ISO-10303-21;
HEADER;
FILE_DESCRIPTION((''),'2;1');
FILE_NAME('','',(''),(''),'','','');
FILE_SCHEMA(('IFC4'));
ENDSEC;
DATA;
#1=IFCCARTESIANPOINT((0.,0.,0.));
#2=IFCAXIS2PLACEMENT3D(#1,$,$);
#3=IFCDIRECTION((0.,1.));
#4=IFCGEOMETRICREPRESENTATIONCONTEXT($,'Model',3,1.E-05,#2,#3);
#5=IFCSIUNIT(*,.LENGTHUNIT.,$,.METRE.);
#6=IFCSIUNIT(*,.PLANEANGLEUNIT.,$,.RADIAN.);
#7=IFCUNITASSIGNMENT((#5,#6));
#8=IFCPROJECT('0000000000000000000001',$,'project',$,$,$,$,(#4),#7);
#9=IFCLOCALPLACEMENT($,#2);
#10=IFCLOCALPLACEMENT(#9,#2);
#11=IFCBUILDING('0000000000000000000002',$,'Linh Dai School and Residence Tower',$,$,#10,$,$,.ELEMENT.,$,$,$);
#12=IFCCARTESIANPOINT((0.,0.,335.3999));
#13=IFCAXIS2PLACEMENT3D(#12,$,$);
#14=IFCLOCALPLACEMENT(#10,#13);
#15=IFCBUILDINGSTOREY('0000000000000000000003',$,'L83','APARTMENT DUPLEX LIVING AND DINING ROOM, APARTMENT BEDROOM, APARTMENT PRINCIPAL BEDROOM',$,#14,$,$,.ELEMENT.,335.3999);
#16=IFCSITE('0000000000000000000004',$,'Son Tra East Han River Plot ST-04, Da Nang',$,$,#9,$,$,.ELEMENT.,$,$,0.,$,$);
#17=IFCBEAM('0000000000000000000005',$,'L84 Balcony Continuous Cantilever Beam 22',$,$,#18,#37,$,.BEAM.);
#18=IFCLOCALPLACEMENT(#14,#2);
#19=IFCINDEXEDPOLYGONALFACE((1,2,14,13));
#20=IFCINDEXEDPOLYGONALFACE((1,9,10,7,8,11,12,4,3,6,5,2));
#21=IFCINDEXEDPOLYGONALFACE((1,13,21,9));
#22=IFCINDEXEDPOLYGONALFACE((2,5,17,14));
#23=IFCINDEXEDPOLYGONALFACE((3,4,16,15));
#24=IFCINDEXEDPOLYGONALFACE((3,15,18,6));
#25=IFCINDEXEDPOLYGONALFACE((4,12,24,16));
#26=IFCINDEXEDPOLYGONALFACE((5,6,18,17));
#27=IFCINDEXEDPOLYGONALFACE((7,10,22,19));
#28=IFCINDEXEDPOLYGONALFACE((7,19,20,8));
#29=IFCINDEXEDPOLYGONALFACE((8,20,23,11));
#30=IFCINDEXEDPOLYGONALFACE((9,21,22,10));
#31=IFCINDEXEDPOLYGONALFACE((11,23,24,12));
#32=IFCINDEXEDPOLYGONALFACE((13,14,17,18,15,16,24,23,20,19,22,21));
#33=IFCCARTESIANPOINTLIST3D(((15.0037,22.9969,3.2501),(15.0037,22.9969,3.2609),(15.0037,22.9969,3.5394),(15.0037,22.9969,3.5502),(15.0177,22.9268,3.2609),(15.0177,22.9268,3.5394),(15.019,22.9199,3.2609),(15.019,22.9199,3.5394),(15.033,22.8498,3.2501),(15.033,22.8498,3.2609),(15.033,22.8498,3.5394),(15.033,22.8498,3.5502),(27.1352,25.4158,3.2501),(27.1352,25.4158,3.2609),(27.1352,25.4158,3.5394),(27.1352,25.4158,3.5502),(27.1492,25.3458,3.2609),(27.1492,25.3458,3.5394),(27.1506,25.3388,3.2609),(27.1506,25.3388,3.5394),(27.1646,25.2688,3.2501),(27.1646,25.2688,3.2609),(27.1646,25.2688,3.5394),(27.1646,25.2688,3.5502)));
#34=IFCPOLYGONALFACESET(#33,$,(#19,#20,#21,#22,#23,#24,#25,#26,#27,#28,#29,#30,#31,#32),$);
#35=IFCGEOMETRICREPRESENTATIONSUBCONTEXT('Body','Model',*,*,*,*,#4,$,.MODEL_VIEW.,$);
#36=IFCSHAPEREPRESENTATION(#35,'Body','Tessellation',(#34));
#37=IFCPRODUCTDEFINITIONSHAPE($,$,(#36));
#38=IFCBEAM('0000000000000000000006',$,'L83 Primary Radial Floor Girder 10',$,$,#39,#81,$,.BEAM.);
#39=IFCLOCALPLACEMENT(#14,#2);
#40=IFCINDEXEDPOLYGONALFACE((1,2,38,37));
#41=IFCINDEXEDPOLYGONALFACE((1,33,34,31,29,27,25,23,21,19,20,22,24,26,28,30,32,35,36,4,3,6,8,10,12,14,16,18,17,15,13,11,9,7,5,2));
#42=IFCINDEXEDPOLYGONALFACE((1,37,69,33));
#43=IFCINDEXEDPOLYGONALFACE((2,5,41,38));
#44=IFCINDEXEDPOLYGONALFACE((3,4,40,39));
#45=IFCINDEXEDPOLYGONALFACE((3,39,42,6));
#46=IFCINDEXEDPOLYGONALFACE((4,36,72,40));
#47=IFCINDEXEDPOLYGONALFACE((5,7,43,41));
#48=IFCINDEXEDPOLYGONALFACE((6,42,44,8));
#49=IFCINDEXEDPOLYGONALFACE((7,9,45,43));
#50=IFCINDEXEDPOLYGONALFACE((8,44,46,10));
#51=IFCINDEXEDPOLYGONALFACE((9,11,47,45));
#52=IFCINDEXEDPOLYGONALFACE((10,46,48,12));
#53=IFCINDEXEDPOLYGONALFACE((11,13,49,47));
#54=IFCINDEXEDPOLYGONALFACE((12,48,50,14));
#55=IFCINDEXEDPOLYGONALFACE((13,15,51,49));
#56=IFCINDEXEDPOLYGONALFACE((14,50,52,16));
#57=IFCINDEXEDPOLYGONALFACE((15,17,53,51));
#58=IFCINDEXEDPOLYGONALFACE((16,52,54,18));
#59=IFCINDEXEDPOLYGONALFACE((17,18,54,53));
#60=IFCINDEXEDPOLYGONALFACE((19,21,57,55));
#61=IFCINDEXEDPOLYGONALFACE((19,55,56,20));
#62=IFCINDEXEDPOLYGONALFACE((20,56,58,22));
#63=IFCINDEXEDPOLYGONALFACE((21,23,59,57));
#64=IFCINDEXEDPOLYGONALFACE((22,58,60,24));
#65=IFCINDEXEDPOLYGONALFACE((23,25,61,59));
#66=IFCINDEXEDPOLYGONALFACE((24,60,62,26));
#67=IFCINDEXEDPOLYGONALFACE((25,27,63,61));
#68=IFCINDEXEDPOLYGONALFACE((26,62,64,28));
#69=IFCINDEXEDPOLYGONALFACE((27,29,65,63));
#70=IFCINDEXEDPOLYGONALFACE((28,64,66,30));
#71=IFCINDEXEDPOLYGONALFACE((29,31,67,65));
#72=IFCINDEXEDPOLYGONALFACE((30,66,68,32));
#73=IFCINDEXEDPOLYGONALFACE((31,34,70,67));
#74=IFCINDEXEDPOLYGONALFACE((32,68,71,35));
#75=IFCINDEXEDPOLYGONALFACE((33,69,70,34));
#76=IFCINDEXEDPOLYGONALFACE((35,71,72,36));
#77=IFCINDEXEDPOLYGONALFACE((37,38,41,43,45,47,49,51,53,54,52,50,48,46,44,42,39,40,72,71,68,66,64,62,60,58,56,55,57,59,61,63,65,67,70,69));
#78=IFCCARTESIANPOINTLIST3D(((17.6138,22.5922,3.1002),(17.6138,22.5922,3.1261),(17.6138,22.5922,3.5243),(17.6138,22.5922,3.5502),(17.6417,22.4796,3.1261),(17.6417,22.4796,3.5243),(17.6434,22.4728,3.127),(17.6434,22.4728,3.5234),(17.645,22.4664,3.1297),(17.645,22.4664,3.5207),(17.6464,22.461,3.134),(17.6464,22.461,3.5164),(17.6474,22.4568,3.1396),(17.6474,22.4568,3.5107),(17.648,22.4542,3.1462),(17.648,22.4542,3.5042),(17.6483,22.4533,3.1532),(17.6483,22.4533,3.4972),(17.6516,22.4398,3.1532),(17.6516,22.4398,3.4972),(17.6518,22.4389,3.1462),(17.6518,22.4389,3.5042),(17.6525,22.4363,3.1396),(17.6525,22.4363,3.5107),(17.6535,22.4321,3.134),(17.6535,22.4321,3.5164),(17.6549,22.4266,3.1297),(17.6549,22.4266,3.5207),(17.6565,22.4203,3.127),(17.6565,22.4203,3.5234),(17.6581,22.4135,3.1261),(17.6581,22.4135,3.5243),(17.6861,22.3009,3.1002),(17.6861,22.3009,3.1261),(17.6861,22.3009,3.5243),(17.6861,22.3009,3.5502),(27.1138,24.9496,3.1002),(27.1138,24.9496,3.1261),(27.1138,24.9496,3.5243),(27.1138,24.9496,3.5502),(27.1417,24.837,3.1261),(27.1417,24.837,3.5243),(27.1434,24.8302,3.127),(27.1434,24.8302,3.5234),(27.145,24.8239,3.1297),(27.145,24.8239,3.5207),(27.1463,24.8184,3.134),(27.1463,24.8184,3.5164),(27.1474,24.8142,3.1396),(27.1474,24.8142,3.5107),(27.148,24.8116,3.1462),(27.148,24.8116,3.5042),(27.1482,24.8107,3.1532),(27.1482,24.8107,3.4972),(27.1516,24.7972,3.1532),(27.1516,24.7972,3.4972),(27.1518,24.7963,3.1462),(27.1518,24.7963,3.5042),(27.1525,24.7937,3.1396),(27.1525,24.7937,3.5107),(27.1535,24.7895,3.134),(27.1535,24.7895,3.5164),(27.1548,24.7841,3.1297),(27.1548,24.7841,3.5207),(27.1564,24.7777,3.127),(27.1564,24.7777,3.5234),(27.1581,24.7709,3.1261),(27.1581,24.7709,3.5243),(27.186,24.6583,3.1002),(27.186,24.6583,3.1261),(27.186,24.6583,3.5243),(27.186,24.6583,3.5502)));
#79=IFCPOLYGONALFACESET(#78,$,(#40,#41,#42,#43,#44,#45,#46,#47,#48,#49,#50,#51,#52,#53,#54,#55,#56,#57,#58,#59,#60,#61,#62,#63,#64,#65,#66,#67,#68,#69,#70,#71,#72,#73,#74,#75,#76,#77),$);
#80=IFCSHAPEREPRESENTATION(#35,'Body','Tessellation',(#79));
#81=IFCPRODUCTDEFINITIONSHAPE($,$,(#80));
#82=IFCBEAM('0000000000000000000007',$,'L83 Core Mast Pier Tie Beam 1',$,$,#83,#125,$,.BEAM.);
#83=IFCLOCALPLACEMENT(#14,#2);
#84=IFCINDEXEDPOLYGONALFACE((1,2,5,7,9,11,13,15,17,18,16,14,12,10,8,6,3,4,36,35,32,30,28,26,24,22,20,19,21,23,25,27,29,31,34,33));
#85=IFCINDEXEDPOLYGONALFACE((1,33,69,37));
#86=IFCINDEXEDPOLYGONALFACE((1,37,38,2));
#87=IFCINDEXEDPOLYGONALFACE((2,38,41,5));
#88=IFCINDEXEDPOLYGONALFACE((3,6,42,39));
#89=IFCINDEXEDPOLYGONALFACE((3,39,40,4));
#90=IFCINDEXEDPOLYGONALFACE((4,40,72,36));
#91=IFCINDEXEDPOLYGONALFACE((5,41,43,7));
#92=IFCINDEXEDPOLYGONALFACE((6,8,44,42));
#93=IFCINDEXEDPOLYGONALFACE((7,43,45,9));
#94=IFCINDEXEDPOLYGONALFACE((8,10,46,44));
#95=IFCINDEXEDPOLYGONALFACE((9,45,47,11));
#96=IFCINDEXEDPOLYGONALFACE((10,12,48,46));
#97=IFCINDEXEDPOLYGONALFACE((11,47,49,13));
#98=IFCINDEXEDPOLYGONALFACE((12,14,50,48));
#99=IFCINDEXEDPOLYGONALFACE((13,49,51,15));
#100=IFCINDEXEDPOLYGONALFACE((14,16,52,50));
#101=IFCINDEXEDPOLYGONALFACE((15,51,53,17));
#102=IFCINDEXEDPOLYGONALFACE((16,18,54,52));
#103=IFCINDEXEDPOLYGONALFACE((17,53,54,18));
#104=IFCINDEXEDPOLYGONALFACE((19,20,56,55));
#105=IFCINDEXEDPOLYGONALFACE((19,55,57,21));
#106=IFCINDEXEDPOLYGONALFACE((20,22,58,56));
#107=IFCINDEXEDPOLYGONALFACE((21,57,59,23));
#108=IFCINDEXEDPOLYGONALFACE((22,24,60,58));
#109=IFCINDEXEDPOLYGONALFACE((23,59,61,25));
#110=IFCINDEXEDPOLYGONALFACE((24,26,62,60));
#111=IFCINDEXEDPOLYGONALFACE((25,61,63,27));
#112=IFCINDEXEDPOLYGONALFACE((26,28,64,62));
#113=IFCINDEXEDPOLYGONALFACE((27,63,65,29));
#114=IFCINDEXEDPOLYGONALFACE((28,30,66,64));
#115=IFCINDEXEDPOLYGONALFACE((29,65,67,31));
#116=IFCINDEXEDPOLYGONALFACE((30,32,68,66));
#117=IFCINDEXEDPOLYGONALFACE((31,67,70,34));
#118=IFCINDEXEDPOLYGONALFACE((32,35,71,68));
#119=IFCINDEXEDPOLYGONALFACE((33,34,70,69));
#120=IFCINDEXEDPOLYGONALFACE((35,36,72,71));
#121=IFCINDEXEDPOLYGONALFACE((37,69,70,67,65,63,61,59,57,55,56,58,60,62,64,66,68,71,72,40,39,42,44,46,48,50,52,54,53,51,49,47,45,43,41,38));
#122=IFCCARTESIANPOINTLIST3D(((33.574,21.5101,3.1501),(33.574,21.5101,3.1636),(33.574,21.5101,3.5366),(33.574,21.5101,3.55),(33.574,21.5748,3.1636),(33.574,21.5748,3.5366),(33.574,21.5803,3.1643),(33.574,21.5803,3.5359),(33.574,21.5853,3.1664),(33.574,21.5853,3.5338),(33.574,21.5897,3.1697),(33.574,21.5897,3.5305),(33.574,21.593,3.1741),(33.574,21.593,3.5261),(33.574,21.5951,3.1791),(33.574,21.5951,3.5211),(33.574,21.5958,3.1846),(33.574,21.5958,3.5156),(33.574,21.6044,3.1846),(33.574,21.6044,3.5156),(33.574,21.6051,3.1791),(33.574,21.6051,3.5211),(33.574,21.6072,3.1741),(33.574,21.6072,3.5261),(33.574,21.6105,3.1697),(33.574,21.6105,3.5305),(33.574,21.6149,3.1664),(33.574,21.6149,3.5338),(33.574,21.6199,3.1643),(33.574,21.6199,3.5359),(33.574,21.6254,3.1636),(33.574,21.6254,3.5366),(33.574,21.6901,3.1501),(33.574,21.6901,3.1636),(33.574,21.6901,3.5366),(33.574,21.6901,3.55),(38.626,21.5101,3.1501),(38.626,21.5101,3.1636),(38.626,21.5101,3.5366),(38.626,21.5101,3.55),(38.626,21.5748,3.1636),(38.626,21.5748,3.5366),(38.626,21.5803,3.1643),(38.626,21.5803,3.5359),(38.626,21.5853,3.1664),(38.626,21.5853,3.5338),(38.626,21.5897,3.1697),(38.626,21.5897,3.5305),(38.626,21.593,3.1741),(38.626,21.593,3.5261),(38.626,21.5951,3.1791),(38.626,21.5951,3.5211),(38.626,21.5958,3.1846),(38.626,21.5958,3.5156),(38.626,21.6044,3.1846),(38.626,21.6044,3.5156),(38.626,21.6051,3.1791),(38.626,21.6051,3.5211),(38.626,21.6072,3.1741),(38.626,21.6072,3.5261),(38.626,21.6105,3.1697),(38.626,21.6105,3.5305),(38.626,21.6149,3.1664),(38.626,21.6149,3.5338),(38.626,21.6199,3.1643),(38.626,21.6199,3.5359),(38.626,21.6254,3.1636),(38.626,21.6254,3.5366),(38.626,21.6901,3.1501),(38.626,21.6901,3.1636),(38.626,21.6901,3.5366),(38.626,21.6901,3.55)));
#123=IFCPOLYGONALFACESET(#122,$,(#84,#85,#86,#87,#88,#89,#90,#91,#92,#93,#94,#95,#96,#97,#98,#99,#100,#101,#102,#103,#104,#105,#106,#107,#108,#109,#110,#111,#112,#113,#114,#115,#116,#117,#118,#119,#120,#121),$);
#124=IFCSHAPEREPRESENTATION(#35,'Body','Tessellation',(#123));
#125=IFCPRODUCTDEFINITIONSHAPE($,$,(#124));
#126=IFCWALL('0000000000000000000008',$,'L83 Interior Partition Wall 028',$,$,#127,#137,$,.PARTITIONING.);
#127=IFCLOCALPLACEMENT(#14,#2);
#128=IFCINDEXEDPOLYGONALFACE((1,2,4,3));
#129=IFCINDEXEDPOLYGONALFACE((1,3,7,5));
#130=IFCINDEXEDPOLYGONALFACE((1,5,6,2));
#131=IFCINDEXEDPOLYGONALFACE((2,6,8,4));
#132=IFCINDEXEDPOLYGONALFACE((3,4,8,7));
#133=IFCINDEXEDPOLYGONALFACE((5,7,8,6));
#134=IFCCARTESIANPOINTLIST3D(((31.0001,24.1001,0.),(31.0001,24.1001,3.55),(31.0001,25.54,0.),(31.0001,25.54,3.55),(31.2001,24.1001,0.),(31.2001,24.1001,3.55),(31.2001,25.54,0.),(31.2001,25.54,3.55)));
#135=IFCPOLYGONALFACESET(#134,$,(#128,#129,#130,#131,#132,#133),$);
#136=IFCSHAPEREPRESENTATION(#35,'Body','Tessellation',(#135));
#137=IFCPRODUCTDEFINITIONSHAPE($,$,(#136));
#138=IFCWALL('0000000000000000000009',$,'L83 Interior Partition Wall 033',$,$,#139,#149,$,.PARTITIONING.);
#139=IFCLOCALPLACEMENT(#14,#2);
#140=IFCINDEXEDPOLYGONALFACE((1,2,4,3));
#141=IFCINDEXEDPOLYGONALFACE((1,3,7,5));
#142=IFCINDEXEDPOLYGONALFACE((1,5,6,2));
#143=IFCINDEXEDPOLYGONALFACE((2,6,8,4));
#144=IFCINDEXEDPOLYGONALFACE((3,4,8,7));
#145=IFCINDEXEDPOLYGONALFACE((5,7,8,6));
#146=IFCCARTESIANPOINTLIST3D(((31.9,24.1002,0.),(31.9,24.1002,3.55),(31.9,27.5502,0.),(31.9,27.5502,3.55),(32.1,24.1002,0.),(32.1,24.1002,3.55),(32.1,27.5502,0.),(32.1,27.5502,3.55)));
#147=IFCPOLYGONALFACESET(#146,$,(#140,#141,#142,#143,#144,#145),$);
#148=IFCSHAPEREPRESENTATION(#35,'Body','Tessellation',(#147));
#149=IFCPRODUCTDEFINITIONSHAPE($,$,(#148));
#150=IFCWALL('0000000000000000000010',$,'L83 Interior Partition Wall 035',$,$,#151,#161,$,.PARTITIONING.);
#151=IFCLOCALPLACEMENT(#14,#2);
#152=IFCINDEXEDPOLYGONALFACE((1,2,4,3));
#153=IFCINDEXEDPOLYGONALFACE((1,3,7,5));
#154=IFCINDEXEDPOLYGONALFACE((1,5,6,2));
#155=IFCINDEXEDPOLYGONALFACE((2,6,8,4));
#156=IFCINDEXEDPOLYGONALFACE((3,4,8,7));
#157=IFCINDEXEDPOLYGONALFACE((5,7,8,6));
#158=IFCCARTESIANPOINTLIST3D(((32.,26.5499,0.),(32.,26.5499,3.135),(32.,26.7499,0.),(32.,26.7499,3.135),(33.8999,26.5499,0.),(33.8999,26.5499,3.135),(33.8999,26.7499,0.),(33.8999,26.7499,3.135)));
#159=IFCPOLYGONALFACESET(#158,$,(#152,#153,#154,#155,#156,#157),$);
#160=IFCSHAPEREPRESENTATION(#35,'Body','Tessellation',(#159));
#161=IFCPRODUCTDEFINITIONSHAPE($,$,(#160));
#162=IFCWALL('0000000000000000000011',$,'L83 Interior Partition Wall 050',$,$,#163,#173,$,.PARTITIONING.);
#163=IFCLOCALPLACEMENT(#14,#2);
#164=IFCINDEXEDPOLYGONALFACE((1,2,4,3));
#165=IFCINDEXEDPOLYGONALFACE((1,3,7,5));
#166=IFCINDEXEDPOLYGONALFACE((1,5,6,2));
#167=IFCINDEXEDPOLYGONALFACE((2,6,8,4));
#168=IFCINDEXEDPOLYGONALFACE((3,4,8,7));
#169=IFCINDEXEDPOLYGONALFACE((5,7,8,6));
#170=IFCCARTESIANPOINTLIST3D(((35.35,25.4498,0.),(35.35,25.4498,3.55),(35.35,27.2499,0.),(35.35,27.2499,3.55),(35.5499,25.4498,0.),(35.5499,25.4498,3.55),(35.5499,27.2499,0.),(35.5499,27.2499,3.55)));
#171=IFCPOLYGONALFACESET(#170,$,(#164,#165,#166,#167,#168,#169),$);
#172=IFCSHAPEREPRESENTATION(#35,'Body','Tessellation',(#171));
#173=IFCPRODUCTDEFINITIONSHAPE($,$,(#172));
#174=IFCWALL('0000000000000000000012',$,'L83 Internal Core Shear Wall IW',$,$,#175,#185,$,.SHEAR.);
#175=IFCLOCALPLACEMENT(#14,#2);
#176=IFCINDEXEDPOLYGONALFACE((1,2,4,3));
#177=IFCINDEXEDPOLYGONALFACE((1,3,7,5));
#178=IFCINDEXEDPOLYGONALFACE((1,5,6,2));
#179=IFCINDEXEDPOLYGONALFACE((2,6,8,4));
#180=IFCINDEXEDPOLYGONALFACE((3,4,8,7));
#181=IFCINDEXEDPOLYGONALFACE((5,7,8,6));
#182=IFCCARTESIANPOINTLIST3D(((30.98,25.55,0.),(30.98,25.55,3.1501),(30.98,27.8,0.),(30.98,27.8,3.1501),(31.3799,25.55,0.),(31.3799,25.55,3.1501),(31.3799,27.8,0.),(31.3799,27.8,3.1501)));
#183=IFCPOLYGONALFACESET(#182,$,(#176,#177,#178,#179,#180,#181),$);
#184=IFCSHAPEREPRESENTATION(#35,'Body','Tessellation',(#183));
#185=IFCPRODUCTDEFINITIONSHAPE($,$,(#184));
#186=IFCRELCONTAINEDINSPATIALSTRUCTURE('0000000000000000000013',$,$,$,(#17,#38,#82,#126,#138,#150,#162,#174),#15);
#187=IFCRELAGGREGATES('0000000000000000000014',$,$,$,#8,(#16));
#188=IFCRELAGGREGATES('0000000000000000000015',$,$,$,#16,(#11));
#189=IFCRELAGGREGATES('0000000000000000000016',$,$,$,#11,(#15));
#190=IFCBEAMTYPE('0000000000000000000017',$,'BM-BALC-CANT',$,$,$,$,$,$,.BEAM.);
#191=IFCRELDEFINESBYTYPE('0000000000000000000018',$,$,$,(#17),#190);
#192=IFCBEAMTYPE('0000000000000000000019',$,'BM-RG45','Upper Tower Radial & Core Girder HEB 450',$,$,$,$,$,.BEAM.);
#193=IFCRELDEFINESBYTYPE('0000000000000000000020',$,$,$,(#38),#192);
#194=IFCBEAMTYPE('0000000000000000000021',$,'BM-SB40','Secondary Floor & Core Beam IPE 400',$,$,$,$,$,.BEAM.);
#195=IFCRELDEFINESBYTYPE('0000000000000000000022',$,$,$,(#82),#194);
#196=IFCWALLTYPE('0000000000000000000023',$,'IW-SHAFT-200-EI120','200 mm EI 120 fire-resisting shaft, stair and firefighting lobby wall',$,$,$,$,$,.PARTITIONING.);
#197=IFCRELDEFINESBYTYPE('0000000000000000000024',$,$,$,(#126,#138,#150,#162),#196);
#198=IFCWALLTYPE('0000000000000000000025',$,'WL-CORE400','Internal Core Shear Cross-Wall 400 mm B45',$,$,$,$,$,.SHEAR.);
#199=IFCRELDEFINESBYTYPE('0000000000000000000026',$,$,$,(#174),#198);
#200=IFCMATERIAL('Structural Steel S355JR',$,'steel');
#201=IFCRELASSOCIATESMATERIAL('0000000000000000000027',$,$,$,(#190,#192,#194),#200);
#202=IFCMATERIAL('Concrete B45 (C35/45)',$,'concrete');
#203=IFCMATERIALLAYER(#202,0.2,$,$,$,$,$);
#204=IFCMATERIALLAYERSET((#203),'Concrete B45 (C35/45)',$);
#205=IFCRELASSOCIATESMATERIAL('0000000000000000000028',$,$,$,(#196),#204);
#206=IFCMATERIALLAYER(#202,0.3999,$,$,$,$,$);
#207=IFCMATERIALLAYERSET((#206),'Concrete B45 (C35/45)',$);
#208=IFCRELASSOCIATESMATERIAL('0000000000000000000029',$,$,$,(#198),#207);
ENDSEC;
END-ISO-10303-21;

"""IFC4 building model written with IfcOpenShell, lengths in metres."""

from ifc_helpers import new_model, si_unit, direction, frame, frame_2d, origin, origin_2d, place, context, subcontext, project, spatial, rectangle, i_section, extrude, material, layer, layer_set, material_profile, profile_set, type_object, element, save


model = new_model("IFC4")

# Units and contexts
model_context = context("Model", 3, precision=1e-05, world=origin(), true_north=direction((0.0, 1.0)))
body_context = subcontext(model_context, "Body", "Model", "MODEL_VIEW")
ifc_project = project(units=[si_unit("LENGTHUNIT", "METRE"), si_unit("PLANEANGLEUNIT", "RADIAN")], contexts=[model_context])

# Site, building, storey
site_placement = place(None, origin())
site = spatial("IfcSite", under=ifc_project, at=site_placement, Name="Son Tra East Han River Plot ST-04, Da Nang", CompositionType="ELEMENT", RefElevation=0.0)
building_placement = place(site_placement, origin())
building = spatial("IfcBuilding", under=site, at=building_placement, Name="Linh Dai School and Residence Tower", CompositionType="ELEMENT")
storey_placement = place(building_placement, frame((0.0, 0.0, 335.3999)))
storey = spatial("IfcBuildingStorey", under=building, at=storey_placement, Name="L83", Description="APARTMENT DUPLEX LIVING AND DINING ROOM, APARTMENT BEDROOM, APARTMENT PRINCIPAL BEDROOM", CompositionType="ELEMENT", Elevation=335.3999)

# Beams
ifc_material_1 = material(Name="Structural Steel S355JR", Category="steel")
ifc_material_profile_1 = material_profile(ifc_material_1, i_section(OverallWidth=0.1499, OverallDepth=0.3, WebThickness=0.0071, FlangeThickness=0.0107, at=origin_2d()), Name="IPE 300")
ifc_profile_set_1 = profile_set([ifc_material_profile_1], Name="Structural Steel S355JR")
beam_type_1 = type_object("IfcBeamType", Name="BM-BALC-CANT", PredefinedType="BEAM", material=ifc_profile_set_1)
beam_1_placement = place(storey_placement, frame((27.1499, 25.3423, 3.4001), z_axis=(-0.980695, -0.195543, 0.0), x_axis=(0.195543, -0.980695, 0.0)))
element("IfcBeam", 1, at=beam_1_placement, inside=storey, type_object=beam_type_1, Name="L84 Balcony Continuous Cantilever Beam 22", PredefinedType="BEAM", context=body_context, shape_type="SweptSolid", body=[
    extrude(i_section(OverallWidth=0.1499, OverallDepth=0.3, WebThickness=0.0071, FlangeThickness=0.0107, at=origin_2d()), origin(), (0.0, 0.0, 1.0), 12.3704),
])
ifc_material_profile_2 = material_profile(ifc_material_1, i_section(OverallWidth=0.3, OverallDepth=0.45, WebThickness=0.0139, FlangeThickness=0.0259, FilletRadius=0.0271, at=origin_2d()), Name="HEB 450")
ifc_profile_set_2 = profile_set([ifc_material_profile_2], Name="Structural Steel S355JR")
beam_type_2 = type_object("IfcBeamType", Name="BM-RG45", Description="Upper Tower Radial & Core Girder HEB 450", PredefinedType="BEAM", material=ifc_profile_set_2)
beam_2_placement = place(storey_placement, frame((27.1499, 24.804, 3.3252), z_axis=(-0.970564, -0.240845, 0.0), x_axis=(0.240845, -0.970564, 0.0)))
element("IfcBeam", 2, at=beam_2_placement, inside=storey, type_object=beam_type_2, Name="L83 Primary Radial Floor Girder 10", PredefinedType="BEAM", context=body_context, shape_type="SweptSolid", body=[
    extrude(i_section(OverallWidth=0.3, OverallDepth=0.45, WebThickness=0.0139, FlangeThickness=0.0259, FilletRadius=0.0271, at=origin_2d()), origin(), (0.0, 0.0, 1.0), 9.7881),
])
ifc_material_profile_3 = material_profile(ifc_material_1, i_section(OverallWidth=0.1799, OverallDepth=0.3999, WebThickness=0.0085, FlangeThickness=0.0134, FilletRadius=0.021, at=origin_2d()), Name="IPE 400")
ifc_profile_set_3 = profile_set([ifc_material_profile_3], Name="Structural Steel S355JR")
beam_type_3 = type_object("IfcBeamType", Name="BM-SB40", Description="Secondary Floor & Core Beam IPE 400", PredefinedType="BEAM", material=ifc_profile_set_3)
beam_3_placement = place(storey_placement, frame((33.574, 21.6001, 3.3501), z_axis=(1.0, 0.0, 0.0), x_axis=(0.0, 1.0, 0.0)))
element("IfcBeam", 3, at=beam_3_placement, inside=storey, type_object=beam_type_3, Name="L83 Core Mast Pier Tie Beam 1", PredefinedType="BEAM", context=body_context, shape_type="SweptSolid", body=[
    extrude(i_section(OverallWidth=0.1799, OverallDepth=0.3999, WebThickness=0.0085, FlangeThickness=0.0134, FilletRadius=0.021, at=origin_2d()), origin(), (0.0, 0.0, 1.0), 5.052),
])

# Shared definitions
ifc_material_2 = material(Name="Concrete B45 (C35/45)", Category="concrete")
ifc_layer_1 = layer(ifc_material_2, 0.2)
ifc_layer_set_1 = layer_set([ifc_layer_1], Name="Concrete B45 (C35/45)")
wall_type_1 = type_object("IfcWallType", Name="IW-SHAFT-200-EI120", Description="200 mm EI 120 fire-resisting shaft, stair and firefighting lobby wall", PredefinedType="PARTITIONING", material=ifc_layer_set_1)

# Walls
wall_1_placement = place(storey_placement, frame((31.1001, 24.1001, 0.0), z_axis=(0.0, 0.0, 1.0), x_axis=(0.0, 1.0, 0.0)))
element("IfcWall", 4, at=wall_1_placement, inside=storey, type_object=wall_type_1, Name="L83 Interior Partition Wall 028", PredefinedType="PARTITIONING", context=body_context, shape_type="SweptSolid", body=[
    extrude(rectangle(XDim=1.4399, YDim=0.2, at=frame_2d((0.72, 0.0))), origin(), (0.0, 0.0, 1.0), 3.55),
])
wall_2_placement = place(storey_placement, frame((32.0, 24.1001, 0.0), z_axis=(0.0, 0.0, 1.0), x_axis=(0.0, 1.0, 0.0)))
element("IfcWall", 5, at=wall_2_placement, inside=storey, type_object=wall_type_1, Name="L83 Interior Partition Wall 033", PredefinedType="PARTITIONING", context=body_context, shape_type="SweptSolid", body=[
    extrude(rectangle(XDim=3.45, YDim=0.2, at=frame_2d((1.7251, 0.0))), origin(), (0.0, 0.0, 1.0), 3.55),
])

# Walls
wall_3_placement = place(storey_placement, frame((32.0, 26.6499, 0.0), z_axis=(0.0, 0.0, 1.0), x_axis=(1.0, 0.0, 0.0)))
element("IfcWall", 6, at=wall_3_placement, inside=storey, type_object=wall_type_1, Name="L83 Interior Partition Wall 035", PredefinedType="PARTITIONING", context=body_context, shape_type="SweptSolid", body=[
    extrude(rectangle(XDim=1.8999, YDim=0.2, at=frame_2d((0.95, 0.0))), origin(), (0.0, 0.0, 1.0), 3.135),
])
wall_4_placement = place(storey_placement, frame((35.45, 25.45, 0.0), z_axis=(0.0, 0.0, 1.0), x_axis=(0.0, 1.0, 0.0)))
element("IfcWall", 7, at=wall_4_placement, inside=storey, type_object=wall_type_1, Name="L83 Interior Partition Wall 050", PredefinedType="PARTITIONING", context=body_context, shape_type="SweptSolid", body=[
    extrude(rectangle(XDim=1.8, YDim=0.2, at=frame_2d((0.8999, 0.0))), origin(), (0.0, 0.0, 1.0), 3.55),
])

# Wall
ifc_layer_2 = layer(ifc_material_2, 0.3999)
ifc_layer_set_2 = layer_set([ifc_layer_2], Name="Concrete B45 (C35/45)")
wall_type_2 = type_object("IfcWallType", Name="WL-CORE400", Description="Internal Core Shear Cross-Wall 400 mm B45", PredefinedType="SHEAR", material=ifc_layer_set_2)
wall_5_placement = place(storey_placement, frame((31.1799, 25.55, 0.0), z_axis=(0.0, 0.0, 1.0), x_axis=(0.0, 1.0, 0.0)))
element("IfcWall", 8, at=wall_5_placement, inside=storey, type_object=wall_type_2, Name="L83 Internal Core Shear Wall IW", PredefinedType="SHEAR", context=body_context, shape_type="SweptSolid", body=[
    extrude(rectangle(XDim=2.25, YDim=0.3999, at=frame_2d((1.125, 0.0))), origin(), (0.0, 0.0, 1.0), 3.1501),
])

save(model, "model.ifc")
